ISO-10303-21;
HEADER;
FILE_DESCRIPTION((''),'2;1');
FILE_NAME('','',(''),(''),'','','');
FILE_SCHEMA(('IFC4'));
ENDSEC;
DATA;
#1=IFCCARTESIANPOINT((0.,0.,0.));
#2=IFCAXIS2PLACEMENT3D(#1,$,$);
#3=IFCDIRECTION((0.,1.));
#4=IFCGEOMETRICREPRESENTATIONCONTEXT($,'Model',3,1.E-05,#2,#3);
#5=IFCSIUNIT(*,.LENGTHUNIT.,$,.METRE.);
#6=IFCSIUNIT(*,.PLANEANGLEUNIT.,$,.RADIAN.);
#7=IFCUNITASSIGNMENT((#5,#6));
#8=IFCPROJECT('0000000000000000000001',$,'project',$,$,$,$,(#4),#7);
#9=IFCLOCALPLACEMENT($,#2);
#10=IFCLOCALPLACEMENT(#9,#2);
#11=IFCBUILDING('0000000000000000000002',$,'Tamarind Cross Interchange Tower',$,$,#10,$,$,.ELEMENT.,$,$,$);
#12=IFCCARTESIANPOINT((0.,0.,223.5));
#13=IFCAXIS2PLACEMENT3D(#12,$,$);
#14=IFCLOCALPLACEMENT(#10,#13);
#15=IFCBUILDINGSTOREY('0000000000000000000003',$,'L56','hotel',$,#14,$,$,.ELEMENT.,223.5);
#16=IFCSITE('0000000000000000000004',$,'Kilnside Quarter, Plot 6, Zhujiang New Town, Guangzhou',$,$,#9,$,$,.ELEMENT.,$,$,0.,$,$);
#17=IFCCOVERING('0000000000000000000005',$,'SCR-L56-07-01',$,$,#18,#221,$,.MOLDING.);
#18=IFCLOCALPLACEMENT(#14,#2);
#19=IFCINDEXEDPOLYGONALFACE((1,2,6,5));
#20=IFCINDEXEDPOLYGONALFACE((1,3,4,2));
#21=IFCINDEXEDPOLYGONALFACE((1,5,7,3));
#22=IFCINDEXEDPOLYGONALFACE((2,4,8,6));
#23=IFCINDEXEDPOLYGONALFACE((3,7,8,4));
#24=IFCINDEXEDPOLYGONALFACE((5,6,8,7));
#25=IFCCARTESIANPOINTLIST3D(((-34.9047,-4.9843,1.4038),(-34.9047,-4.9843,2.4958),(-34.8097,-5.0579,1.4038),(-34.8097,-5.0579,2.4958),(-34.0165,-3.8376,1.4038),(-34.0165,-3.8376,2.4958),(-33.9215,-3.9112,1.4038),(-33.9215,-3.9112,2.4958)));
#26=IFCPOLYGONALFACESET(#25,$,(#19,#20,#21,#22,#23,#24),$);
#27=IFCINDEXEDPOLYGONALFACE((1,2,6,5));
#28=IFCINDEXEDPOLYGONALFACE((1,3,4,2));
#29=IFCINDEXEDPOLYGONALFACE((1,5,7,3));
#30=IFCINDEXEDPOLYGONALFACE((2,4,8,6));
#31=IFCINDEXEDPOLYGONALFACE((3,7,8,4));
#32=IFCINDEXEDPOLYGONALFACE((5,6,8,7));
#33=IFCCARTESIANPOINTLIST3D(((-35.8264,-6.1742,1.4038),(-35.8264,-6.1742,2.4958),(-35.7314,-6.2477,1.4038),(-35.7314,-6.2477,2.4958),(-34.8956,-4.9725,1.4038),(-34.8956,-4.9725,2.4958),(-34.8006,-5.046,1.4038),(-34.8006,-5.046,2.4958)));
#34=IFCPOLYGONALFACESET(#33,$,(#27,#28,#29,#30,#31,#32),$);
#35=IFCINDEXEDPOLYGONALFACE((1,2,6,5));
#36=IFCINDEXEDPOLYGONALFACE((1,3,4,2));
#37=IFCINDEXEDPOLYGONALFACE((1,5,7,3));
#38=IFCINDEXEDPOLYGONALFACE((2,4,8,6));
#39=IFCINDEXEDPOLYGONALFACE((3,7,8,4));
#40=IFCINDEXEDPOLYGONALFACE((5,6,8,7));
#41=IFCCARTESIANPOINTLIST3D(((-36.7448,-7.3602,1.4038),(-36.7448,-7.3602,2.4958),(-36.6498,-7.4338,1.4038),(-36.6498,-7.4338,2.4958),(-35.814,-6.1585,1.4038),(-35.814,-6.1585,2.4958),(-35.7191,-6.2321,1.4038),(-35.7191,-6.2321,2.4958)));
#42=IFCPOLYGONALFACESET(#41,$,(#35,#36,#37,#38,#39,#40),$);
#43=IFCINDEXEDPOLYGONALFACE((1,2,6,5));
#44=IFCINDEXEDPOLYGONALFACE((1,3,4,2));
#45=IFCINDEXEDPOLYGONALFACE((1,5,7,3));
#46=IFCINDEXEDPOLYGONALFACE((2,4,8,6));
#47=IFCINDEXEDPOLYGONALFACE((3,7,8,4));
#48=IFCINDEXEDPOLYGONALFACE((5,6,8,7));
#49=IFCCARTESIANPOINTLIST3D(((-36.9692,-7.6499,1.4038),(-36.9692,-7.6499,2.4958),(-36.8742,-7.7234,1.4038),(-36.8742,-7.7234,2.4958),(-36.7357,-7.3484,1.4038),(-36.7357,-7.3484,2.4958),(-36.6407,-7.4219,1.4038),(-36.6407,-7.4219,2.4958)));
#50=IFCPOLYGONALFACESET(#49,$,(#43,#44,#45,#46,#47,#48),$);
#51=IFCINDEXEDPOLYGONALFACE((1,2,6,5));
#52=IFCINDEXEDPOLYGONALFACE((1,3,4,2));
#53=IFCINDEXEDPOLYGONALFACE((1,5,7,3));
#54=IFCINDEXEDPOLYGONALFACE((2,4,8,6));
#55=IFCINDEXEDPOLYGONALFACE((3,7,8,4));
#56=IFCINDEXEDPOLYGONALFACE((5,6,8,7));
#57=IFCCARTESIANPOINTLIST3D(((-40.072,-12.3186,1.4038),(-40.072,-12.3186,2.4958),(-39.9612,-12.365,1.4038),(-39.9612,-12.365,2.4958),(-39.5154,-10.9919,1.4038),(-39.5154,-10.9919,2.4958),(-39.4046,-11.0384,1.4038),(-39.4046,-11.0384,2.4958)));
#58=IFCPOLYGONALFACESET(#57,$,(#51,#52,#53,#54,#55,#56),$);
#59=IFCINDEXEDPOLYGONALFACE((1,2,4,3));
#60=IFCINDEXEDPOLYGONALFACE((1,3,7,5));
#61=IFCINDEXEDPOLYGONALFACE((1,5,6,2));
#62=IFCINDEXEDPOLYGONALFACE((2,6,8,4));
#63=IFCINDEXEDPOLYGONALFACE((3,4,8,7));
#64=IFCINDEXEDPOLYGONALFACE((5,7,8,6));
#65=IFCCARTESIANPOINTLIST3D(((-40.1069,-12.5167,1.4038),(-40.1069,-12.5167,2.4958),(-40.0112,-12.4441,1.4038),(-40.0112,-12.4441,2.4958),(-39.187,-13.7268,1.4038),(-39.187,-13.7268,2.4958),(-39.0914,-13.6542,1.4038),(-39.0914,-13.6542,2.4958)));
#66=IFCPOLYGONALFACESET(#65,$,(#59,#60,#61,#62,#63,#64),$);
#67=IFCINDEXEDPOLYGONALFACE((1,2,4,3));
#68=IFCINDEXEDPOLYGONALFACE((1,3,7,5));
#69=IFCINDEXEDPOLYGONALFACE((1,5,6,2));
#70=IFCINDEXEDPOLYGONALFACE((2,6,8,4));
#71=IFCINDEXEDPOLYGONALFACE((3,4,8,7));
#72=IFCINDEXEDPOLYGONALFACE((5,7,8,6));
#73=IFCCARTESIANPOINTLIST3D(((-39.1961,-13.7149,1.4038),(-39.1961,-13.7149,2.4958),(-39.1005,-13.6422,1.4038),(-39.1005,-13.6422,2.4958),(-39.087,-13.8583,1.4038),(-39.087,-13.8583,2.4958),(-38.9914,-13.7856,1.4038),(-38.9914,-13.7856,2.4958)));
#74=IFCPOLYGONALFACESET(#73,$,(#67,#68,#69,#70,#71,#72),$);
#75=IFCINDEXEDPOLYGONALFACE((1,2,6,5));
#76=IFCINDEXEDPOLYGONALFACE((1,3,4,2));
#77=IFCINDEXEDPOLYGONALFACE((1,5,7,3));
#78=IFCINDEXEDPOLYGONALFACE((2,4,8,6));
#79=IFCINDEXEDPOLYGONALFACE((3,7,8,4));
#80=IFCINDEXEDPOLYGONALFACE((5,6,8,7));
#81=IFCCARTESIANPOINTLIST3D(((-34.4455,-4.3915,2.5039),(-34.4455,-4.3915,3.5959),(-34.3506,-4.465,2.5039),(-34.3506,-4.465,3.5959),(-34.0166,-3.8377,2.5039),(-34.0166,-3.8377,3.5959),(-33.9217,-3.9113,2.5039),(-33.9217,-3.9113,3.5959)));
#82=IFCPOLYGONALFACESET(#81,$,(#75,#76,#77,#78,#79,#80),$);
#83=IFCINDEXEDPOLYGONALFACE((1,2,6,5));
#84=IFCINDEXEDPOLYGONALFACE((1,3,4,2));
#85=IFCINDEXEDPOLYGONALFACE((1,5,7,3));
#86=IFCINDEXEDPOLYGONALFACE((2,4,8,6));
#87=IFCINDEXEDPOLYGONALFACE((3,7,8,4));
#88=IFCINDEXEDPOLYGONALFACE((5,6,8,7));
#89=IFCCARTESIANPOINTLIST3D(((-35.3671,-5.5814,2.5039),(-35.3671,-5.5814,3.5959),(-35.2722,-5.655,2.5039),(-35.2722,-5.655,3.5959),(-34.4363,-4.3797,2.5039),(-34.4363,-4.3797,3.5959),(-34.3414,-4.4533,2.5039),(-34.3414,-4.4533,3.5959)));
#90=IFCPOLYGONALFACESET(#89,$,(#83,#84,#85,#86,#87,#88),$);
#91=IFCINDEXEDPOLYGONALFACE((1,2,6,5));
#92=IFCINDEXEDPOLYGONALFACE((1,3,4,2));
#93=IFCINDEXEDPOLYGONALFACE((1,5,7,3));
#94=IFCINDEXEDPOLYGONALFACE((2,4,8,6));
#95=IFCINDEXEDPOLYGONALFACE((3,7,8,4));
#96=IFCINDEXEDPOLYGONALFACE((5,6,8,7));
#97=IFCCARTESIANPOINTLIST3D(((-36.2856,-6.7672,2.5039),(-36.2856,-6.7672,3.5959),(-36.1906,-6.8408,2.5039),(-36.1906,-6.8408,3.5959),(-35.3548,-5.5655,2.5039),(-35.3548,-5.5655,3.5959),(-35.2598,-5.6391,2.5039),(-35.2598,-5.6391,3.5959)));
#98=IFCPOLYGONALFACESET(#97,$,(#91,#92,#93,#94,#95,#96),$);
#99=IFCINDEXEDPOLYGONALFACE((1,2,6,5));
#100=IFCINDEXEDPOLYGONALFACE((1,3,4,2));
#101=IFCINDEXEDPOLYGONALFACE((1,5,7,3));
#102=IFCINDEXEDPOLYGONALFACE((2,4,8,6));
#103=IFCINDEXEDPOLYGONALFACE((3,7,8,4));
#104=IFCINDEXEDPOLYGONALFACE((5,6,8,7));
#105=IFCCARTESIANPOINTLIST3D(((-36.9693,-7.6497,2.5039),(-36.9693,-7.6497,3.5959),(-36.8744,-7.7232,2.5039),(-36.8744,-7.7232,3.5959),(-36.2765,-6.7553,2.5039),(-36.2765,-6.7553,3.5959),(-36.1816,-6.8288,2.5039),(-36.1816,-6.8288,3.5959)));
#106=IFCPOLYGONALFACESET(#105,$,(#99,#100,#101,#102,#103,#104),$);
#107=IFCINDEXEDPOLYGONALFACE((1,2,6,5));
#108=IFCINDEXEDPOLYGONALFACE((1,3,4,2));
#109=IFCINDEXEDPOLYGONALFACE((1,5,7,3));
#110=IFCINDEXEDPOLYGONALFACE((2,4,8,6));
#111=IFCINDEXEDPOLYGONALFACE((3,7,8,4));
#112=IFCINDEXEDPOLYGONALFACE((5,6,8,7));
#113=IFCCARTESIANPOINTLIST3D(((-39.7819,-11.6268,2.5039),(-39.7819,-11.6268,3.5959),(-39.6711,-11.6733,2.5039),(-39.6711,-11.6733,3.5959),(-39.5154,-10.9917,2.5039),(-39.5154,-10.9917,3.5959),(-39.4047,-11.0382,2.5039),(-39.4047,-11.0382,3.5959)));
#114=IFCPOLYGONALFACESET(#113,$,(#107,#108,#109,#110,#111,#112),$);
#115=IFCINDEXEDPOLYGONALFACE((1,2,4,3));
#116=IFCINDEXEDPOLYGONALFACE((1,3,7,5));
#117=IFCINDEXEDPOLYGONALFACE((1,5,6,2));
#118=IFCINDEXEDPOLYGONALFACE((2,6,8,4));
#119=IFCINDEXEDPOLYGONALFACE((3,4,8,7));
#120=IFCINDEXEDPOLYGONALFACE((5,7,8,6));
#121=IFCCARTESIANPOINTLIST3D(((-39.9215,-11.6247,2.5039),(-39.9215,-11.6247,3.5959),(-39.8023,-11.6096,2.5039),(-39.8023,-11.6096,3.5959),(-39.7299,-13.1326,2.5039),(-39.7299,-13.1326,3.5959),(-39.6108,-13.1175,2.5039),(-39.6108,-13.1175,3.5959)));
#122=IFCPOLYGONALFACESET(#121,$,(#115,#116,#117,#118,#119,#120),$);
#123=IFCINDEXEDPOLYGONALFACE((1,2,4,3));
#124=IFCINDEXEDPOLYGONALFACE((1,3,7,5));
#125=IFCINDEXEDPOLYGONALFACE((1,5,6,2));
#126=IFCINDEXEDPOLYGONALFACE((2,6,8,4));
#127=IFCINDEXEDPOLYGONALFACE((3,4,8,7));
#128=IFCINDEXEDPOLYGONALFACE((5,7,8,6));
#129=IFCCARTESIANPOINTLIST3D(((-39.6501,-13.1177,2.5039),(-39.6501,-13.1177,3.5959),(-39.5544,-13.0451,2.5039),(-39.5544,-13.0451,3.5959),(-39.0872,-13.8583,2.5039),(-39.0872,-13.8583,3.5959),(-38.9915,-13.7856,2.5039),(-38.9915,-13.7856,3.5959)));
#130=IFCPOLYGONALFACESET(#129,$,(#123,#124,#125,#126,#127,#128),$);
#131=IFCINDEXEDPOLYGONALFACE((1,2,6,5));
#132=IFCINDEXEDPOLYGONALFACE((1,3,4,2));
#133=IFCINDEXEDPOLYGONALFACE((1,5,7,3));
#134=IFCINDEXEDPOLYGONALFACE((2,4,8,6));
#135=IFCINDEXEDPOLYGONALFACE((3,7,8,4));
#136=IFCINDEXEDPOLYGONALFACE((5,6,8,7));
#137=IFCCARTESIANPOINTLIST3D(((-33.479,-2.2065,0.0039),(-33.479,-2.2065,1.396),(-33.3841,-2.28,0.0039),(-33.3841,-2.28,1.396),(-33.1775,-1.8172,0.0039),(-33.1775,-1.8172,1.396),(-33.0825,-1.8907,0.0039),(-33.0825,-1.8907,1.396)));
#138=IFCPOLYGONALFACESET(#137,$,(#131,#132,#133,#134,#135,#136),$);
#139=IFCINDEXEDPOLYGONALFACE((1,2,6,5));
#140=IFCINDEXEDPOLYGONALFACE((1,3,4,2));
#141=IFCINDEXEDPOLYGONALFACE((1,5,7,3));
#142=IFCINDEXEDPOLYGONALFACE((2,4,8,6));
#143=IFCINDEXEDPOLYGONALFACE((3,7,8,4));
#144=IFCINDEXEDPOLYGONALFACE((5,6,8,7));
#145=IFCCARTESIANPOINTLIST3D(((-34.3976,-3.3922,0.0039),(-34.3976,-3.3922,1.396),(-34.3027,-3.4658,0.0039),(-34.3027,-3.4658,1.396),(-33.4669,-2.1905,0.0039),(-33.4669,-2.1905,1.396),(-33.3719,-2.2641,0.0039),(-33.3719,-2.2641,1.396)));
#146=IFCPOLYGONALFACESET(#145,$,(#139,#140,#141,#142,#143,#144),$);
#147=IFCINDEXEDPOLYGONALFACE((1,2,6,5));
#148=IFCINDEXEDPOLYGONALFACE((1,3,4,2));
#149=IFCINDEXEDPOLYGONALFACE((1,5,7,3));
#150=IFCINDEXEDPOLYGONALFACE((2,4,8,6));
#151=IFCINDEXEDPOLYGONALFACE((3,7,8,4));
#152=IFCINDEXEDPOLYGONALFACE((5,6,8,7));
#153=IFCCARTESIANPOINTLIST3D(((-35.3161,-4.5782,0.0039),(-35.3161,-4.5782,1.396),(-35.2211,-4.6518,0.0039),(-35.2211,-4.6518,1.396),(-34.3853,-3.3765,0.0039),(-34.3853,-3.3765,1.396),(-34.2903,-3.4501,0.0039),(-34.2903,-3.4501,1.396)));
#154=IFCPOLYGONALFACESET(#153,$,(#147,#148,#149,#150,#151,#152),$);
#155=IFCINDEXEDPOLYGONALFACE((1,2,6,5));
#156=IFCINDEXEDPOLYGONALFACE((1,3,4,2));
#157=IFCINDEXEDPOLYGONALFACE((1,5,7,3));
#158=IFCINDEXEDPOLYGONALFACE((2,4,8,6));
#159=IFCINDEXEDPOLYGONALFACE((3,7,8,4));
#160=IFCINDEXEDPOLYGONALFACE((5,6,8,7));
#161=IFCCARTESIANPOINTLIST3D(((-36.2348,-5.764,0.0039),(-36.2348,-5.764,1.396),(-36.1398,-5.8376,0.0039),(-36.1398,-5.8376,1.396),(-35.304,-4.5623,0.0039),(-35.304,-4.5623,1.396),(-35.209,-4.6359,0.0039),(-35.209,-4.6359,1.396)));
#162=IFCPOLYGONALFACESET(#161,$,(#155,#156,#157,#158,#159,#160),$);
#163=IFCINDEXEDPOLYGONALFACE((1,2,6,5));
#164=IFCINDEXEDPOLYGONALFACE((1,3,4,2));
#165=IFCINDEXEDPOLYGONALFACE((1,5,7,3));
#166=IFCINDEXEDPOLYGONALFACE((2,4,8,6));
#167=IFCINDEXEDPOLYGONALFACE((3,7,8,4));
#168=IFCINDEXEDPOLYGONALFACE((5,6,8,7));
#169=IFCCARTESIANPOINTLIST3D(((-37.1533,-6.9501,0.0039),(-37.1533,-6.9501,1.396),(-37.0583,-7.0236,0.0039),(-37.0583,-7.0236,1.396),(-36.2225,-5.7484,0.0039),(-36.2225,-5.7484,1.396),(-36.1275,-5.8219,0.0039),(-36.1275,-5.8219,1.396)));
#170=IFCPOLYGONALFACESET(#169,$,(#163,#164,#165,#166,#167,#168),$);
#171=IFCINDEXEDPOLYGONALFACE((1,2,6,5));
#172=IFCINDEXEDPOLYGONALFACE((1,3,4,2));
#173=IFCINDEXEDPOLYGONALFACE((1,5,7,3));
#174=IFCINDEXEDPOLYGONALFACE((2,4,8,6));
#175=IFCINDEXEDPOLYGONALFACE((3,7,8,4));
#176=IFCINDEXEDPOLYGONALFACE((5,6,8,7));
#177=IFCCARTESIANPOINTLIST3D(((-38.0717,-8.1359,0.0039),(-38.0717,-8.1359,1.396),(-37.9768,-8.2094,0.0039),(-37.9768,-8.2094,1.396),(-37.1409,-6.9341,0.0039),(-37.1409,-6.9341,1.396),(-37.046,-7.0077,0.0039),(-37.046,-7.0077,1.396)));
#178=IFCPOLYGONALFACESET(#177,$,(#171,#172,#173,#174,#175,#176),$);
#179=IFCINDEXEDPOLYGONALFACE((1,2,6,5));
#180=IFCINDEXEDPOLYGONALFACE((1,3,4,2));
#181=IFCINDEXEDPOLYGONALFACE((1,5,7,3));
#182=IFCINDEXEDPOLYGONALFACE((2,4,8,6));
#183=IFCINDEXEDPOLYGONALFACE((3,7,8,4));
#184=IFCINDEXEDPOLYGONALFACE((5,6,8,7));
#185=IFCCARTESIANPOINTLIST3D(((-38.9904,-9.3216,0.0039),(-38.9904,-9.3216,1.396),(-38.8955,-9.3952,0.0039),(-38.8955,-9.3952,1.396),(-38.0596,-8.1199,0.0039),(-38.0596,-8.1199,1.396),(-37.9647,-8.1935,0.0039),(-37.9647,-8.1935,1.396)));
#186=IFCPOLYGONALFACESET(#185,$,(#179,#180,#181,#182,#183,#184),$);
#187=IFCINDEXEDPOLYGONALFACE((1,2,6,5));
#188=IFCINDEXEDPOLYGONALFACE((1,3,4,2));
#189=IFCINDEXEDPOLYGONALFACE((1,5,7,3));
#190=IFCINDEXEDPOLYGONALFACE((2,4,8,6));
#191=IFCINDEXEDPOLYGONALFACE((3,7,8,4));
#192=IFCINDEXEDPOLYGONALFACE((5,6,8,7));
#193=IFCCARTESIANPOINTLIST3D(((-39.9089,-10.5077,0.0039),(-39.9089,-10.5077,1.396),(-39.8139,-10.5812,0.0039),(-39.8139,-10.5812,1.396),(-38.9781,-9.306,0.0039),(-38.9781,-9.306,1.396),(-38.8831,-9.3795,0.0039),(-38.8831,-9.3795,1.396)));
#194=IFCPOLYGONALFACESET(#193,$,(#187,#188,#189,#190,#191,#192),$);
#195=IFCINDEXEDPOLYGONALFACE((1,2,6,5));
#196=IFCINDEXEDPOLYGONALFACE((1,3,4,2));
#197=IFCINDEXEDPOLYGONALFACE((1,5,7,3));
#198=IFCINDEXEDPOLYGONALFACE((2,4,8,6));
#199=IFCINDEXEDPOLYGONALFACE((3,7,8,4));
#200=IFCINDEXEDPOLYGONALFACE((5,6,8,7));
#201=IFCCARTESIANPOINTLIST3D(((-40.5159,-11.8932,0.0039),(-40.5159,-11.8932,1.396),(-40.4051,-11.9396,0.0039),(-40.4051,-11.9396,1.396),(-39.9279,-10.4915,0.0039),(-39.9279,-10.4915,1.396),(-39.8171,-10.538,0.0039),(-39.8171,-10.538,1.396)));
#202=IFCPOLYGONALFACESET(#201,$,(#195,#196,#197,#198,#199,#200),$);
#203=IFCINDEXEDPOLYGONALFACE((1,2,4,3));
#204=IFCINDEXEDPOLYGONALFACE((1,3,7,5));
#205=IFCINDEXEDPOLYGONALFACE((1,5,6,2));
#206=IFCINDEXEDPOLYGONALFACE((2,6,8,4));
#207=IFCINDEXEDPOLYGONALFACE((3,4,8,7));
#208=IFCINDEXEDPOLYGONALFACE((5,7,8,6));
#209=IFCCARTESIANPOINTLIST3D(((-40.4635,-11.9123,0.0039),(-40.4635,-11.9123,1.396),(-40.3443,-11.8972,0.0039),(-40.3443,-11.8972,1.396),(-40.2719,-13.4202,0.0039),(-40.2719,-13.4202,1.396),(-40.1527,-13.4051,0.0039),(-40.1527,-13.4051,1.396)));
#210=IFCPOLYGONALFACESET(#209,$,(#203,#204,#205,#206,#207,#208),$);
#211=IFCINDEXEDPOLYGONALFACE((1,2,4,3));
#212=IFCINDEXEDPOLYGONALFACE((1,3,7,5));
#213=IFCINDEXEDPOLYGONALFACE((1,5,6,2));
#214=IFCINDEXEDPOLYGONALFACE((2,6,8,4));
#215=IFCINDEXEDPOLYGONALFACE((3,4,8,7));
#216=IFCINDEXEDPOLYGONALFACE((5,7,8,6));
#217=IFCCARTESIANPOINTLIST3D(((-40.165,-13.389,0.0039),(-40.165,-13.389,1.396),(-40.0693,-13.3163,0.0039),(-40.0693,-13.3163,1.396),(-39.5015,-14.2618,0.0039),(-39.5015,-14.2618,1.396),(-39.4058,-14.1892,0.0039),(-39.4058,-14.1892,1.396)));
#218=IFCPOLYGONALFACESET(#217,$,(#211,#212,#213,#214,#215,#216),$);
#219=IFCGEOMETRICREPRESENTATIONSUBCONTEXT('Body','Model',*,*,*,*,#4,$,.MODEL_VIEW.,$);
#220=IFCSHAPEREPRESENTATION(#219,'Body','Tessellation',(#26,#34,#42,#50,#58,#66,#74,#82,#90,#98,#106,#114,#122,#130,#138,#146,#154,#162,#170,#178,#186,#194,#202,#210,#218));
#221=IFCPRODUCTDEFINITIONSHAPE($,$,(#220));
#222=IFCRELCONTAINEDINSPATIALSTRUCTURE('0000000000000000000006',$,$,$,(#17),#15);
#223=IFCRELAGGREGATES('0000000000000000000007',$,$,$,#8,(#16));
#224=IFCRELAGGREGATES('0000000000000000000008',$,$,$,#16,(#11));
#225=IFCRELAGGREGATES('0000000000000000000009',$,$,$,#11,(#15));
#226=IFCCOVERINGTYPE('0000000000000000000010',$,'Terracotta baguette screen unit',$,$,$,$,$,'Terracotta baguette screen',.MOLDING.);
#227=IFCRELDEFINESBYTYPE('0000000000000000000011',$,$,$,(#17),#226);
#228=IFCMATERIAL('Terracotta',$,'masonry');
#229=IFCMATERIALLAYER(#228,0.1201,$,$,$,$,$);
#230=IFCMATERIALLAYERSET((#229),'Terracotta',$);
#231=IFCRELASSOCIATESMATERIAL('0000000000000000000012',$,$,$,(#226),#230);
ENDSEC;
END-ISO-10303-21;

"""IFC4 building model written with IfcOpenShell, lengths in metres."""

from ifc_helpers import new_model, si_unit, direction, frame, origin, origin_2d, place, context, subcontext, project, spatial, rectangle, extrude, material, layer, layer_set, type_object, element, save


model = new_model("IFC4")

# Units and contexts
model_context = context("Model", 3, precision=1e-05, world=origin(), true_north=direction((0.0, 1.0)))
body_context = subcontext(model_context, "Body", "Model", "MODEL_VIEW")
ifc_project = project(units=[si_unit("LENGTHUNIT", "METRE"), si_unit("PLANEANGLEUNIT", "RADIAN")], contexts=[model_context])

# Site, building, storey
site_placement = place(None, origin())
site = spatial("IfcSite", under=ifc_project, at=site_placement, Name="Kilnside Quarter, Plot 6, Zhujiang New Town, Guangzhou", CompositionType="ELEMENT", RefElevation=0.0)
building_placement = place(site_placement, origin())
building = spatial("IfcBuilding", under=site, at=building_placement, Name="Tamarind Cross Interchange Tower", CompositionType="ELEMENT")
storey_placement = place(building_placement, frame((0.0, 0.0, 223.5)))
storey = spatial("IfcBuildingStorey", under=building, at=storey_placement, Name="L56", Description="hotel", CompositionType="ELEMENT", Elevation=223.5)

# Covering
ifc_material_1 = material(Name="Terracotta", Category="masonry")
ifc_layer_1 = layer(ifc_material_1, 0.1201)
ifc_layer_set_1 = layer_set([ifc_layer_1], Name="Terracotta")
covering_type = type_object("IfcCoveringType", Name="Terracotta baguette screen unit", ElementType="Terracotta baguette screen", PredefinedType="MOLDING", material=ifc_layer_set_1)
covering_1_placement = place(storey_placement, origin())
element("IfcCovering", 1, at=covering_1_placement, inside=storey, type_object=covering_type, Name="SCR-L56-07-01", PredefinedType="MOLDING", context=body_context, shape_type="SweptSolid", body=[
    extrude(rectangle(XDim=1.4504, YDim=0.1201, at=origin_2d()), frame((-34.4131, -4.4478, 1.4038), z_axis=(0.0, 0.0, 1.0), x_axis=(-0.612355, -0.790583, 0.0)), (0.0, 0.0, 1.0), 1.092),
    extrude(rectangle(XDim=1.52, YDim=0.1201, at=origin_2d()), frame((-35.3135, -5.6101, 1.4038), z_axis=(0.0, 0.0, 1.0), x_axis=(-0.612355, -0.790583, 0.0)), (0.0, 0.0, 1.0), 1.092),
    extrude(rectangle(XDim=1.52, YDim=0.1201, at=origin_2d()), frame((-36.2319, -6.7961, 1.4038), z_axis=(0.0, 0.0, 1.0), x_axis=(-0.612355, -0.790583, 0.0)), (0.0, 0.0, 1.0), 1.092),
    extrude(rectangle(XDim=0.3813, YDim=0.1201, at=origin_2d()), frame((-36.8049, -7.5359, 1.4038), z_axis=(0.0, 0.0, 1.0), x_axis=(-0.612355, -0.790583, 0.0)), (0.0, 0.0, 1.0), 1.092),
    extrude(rectangle(XDim=1.4387, YDim=0.1201, at=origin_2d()), frame((-39.7383, -11.6785, 1.4038), z_axis=(0.0, 0.0, 1.0), x_axis=(-0.386872, -0.922133, 0.0)), (0.0, 0.0, 1.0), 1.092),
    extrude(rectangle(XDim=1.52, YDim=0.1201, at=origin_2d()), frame((-39.5991, -13.0854, 1.4038), z_axis=(0.0, 0.0, 1.0), x_axis=(0.605155, -0.796108, 0.0)), (0.0, 0.0, 1.0), 1.092),
    extrude(rectangle(XDim=0.1802, YDim=0.1201, at=origin_2d()), frame((-39.0938, -13.7502, 1.4038), z_axis=(0.0, 0.0, 1.0), x_axis=(0.605155, -0.796108, 0.0)), (0.0, 0.0, 1.0), 1.092),
    extrude(rectangle(XDim=0.7004, YDim=0.1201, at=origin_2d()), frame((-34.1836, -4.1514, 2.5039), z_axis=(0.0, 0.0, 1.0), x_axis=(-0.612355, -0.790583, 0.0)), (0.0, 0.0, 1.0), 1.092),
    extrude(rectangle(XDim=1.52, YDim=0.1201, at=origin_2d()), frame((-34.8542, -5.0173, 2.5039), z_axis=(0.0, 0.0, 1.0), x_axis=(-0.612355, -0.790583, 0.0)), (0.0, 0.0, 1.0), 1.092),
    extrude(rectangle(XDim=1.52, YDim=0.1201, at=origin_2d()), frame((-35.7727, -6.2031, 2.5039), z_axis=(0.0, 0.0, 1.0), x_axis=(-0.612355, -0.790583, 0.0)), (0.0, 0.0, 1.0), 1.092),
    extrude(rectangle(XDim=1.1313, YDim=0.1201, at=origin_2d()), frame((-36.5754, -7.2393, 2.5039), z_axis=(0.0, 0.0, 1.0), x_axis=(-0.612355, -0.790583, 0.0)), (0.0, 0.0, 1.0), 1.092),
    extrude(rectangle(XDim=0.6887, YDim=0.1201, at=origin_2d()), frame((-39.5933, -11.3325, 2.5039), z_axis=(0.0, 0.0, 1.0), x_axis=(-0.386872, -0.922133, 0.0)), (0.0, 0.0, 1.0), 1.092),
    extrude(rectangle(XDim=1.52, YDim=0.1201, at=origin_2d()), frame((-39.7661, -12.3711, 2.5039), z_axis=(0.0, 0.0, 1.0), x_axis=(0.126026, -0.992027, 0.0)), (0.0, 0.0, 1.0), 1.092),
    extrude(rectangle(XDim=0.9302, YDim=0.1201, at=origin_2d()), frame((-39.3208, -13.4517, 2.5039), z_axis=(0.0, 0.0, 1.0), x_axis=(0.605155, -0.796108, 0.0)), (0.0, 0.0, 1.0), 1.092),
    extrude(rectangle(XDim=0.4924, YDim=0.1201, at=origin_2d()), frame((-33.2808, -2.0486, 0.0039), z_axis=(0.0, 0.0, 1.0), x_axis=(-0.612355, -0.790583, 0.0)), (0.0, 0.0, 1.0), 1.3921),
    extrude(rectangle(XDim=1.52, YDim=0.1201, at=origin_2d()), frame((-33.8848, -2.8281, 0.0039), z_axis=(0.0, 0.0, 1.0), x_axis=(-0.612355, -0.790583, 0.0)), (0.0, 0.0, 1.0), 1.3921),
    extrude(rectangle(XDim=1.52, YDim=0.1201, at=origin_2d()), frame((-34.8032, -4.0142, 0.0039), z_axis=(0.0, 0.0, 1.0), x_axis=(-0.612355, -0.790583, 0.0)), (0.0, 0.0, 1.0), 1.3921),
    extrude(rectangle(XDim=1.52, YDim=0.1201, at=origin_2d()), frame((-35.7219, -5.2, 0.0039), z_axis=(0.0, 0.0, 1.0), x_axis=(-0.612355, -0.790583, 0.0)), (0.0, 0.0, 1.0), 1.3921),
    extrude(rectangle(XDim=1.52, YDim=0.1201, at=origin_2d()), frame((-36.6404, -6.386, 0.0039), z_axis=(0.0, 0.0, 1.0), x_axis=(-0.612355, -0.790583, 0.0)), (0.0, 0.0, 1.0), 1.3921),
    extrude(rectangle(XDim=1.52, YDim=0.1201, at=origin_2d()), frame((-37.5588, -7.5718, 0.0039), z_axis=(0.0, 0.0, 1.0), x_axis=(-0.612355, -0.790583, 0.0)), (0.0, 0.0, 1.0), 1.3921),
    extrude(rectangle(XDim=1.52, YDim=0.1201, at=origin_2d()), frame((-38.4775, -8.7576, 0.0039), z_axis=(0.0, 0.0, 1.0), x_axis=(-0.612355, -0.790583, 0.0)), (0.0, 0.0, 1.0), 1.3921),
    extrude(rectangle(XDim=1.52, YDim=0.1201, at=origin_2d()), frame((-39.396, -9.9436, 0.0039), z_axis=(0.0, 0.0, 1.0), x_axis=(-0.612355, -0.790583, 0.0)), (0.0, 0.0, 1.0), 1.3921),
    extrude(rectangle(XDim=1.52, YDim=0.1201, at=origin_2d()), frame((-40.1665, -11.2156, 0.0039), z_axis=(0.0, 0.0, 1.0), x_axis=(-0.386872, -0.922133, 0.0)), (0.0, 0.0, 1.0), 1.3921),
    extrude(rectangle(XDim=1.52, YDim=0.1201, at=origin_2d()), frame((-40.3081, -12.6587, 0.0039), z_axis=(0.0, 0.0, 1.0), x_axis=(0.126026, -0.992027, 0.0)), (0.0, 0.0, 1.0), 1.3921),
    extrude(rectangle(XDim=1.0964, YDim=0.1201, at=origin_2d()), frame((-39.7854, -13.7891, 0.0039), z_axis=(0.0, 0.0, 1.0), x_axis=(0.605155, -0.796108, 0.0)), (0.0, 0.0, 1.0), 1.3921),
])

save(model, "model.ifc")
